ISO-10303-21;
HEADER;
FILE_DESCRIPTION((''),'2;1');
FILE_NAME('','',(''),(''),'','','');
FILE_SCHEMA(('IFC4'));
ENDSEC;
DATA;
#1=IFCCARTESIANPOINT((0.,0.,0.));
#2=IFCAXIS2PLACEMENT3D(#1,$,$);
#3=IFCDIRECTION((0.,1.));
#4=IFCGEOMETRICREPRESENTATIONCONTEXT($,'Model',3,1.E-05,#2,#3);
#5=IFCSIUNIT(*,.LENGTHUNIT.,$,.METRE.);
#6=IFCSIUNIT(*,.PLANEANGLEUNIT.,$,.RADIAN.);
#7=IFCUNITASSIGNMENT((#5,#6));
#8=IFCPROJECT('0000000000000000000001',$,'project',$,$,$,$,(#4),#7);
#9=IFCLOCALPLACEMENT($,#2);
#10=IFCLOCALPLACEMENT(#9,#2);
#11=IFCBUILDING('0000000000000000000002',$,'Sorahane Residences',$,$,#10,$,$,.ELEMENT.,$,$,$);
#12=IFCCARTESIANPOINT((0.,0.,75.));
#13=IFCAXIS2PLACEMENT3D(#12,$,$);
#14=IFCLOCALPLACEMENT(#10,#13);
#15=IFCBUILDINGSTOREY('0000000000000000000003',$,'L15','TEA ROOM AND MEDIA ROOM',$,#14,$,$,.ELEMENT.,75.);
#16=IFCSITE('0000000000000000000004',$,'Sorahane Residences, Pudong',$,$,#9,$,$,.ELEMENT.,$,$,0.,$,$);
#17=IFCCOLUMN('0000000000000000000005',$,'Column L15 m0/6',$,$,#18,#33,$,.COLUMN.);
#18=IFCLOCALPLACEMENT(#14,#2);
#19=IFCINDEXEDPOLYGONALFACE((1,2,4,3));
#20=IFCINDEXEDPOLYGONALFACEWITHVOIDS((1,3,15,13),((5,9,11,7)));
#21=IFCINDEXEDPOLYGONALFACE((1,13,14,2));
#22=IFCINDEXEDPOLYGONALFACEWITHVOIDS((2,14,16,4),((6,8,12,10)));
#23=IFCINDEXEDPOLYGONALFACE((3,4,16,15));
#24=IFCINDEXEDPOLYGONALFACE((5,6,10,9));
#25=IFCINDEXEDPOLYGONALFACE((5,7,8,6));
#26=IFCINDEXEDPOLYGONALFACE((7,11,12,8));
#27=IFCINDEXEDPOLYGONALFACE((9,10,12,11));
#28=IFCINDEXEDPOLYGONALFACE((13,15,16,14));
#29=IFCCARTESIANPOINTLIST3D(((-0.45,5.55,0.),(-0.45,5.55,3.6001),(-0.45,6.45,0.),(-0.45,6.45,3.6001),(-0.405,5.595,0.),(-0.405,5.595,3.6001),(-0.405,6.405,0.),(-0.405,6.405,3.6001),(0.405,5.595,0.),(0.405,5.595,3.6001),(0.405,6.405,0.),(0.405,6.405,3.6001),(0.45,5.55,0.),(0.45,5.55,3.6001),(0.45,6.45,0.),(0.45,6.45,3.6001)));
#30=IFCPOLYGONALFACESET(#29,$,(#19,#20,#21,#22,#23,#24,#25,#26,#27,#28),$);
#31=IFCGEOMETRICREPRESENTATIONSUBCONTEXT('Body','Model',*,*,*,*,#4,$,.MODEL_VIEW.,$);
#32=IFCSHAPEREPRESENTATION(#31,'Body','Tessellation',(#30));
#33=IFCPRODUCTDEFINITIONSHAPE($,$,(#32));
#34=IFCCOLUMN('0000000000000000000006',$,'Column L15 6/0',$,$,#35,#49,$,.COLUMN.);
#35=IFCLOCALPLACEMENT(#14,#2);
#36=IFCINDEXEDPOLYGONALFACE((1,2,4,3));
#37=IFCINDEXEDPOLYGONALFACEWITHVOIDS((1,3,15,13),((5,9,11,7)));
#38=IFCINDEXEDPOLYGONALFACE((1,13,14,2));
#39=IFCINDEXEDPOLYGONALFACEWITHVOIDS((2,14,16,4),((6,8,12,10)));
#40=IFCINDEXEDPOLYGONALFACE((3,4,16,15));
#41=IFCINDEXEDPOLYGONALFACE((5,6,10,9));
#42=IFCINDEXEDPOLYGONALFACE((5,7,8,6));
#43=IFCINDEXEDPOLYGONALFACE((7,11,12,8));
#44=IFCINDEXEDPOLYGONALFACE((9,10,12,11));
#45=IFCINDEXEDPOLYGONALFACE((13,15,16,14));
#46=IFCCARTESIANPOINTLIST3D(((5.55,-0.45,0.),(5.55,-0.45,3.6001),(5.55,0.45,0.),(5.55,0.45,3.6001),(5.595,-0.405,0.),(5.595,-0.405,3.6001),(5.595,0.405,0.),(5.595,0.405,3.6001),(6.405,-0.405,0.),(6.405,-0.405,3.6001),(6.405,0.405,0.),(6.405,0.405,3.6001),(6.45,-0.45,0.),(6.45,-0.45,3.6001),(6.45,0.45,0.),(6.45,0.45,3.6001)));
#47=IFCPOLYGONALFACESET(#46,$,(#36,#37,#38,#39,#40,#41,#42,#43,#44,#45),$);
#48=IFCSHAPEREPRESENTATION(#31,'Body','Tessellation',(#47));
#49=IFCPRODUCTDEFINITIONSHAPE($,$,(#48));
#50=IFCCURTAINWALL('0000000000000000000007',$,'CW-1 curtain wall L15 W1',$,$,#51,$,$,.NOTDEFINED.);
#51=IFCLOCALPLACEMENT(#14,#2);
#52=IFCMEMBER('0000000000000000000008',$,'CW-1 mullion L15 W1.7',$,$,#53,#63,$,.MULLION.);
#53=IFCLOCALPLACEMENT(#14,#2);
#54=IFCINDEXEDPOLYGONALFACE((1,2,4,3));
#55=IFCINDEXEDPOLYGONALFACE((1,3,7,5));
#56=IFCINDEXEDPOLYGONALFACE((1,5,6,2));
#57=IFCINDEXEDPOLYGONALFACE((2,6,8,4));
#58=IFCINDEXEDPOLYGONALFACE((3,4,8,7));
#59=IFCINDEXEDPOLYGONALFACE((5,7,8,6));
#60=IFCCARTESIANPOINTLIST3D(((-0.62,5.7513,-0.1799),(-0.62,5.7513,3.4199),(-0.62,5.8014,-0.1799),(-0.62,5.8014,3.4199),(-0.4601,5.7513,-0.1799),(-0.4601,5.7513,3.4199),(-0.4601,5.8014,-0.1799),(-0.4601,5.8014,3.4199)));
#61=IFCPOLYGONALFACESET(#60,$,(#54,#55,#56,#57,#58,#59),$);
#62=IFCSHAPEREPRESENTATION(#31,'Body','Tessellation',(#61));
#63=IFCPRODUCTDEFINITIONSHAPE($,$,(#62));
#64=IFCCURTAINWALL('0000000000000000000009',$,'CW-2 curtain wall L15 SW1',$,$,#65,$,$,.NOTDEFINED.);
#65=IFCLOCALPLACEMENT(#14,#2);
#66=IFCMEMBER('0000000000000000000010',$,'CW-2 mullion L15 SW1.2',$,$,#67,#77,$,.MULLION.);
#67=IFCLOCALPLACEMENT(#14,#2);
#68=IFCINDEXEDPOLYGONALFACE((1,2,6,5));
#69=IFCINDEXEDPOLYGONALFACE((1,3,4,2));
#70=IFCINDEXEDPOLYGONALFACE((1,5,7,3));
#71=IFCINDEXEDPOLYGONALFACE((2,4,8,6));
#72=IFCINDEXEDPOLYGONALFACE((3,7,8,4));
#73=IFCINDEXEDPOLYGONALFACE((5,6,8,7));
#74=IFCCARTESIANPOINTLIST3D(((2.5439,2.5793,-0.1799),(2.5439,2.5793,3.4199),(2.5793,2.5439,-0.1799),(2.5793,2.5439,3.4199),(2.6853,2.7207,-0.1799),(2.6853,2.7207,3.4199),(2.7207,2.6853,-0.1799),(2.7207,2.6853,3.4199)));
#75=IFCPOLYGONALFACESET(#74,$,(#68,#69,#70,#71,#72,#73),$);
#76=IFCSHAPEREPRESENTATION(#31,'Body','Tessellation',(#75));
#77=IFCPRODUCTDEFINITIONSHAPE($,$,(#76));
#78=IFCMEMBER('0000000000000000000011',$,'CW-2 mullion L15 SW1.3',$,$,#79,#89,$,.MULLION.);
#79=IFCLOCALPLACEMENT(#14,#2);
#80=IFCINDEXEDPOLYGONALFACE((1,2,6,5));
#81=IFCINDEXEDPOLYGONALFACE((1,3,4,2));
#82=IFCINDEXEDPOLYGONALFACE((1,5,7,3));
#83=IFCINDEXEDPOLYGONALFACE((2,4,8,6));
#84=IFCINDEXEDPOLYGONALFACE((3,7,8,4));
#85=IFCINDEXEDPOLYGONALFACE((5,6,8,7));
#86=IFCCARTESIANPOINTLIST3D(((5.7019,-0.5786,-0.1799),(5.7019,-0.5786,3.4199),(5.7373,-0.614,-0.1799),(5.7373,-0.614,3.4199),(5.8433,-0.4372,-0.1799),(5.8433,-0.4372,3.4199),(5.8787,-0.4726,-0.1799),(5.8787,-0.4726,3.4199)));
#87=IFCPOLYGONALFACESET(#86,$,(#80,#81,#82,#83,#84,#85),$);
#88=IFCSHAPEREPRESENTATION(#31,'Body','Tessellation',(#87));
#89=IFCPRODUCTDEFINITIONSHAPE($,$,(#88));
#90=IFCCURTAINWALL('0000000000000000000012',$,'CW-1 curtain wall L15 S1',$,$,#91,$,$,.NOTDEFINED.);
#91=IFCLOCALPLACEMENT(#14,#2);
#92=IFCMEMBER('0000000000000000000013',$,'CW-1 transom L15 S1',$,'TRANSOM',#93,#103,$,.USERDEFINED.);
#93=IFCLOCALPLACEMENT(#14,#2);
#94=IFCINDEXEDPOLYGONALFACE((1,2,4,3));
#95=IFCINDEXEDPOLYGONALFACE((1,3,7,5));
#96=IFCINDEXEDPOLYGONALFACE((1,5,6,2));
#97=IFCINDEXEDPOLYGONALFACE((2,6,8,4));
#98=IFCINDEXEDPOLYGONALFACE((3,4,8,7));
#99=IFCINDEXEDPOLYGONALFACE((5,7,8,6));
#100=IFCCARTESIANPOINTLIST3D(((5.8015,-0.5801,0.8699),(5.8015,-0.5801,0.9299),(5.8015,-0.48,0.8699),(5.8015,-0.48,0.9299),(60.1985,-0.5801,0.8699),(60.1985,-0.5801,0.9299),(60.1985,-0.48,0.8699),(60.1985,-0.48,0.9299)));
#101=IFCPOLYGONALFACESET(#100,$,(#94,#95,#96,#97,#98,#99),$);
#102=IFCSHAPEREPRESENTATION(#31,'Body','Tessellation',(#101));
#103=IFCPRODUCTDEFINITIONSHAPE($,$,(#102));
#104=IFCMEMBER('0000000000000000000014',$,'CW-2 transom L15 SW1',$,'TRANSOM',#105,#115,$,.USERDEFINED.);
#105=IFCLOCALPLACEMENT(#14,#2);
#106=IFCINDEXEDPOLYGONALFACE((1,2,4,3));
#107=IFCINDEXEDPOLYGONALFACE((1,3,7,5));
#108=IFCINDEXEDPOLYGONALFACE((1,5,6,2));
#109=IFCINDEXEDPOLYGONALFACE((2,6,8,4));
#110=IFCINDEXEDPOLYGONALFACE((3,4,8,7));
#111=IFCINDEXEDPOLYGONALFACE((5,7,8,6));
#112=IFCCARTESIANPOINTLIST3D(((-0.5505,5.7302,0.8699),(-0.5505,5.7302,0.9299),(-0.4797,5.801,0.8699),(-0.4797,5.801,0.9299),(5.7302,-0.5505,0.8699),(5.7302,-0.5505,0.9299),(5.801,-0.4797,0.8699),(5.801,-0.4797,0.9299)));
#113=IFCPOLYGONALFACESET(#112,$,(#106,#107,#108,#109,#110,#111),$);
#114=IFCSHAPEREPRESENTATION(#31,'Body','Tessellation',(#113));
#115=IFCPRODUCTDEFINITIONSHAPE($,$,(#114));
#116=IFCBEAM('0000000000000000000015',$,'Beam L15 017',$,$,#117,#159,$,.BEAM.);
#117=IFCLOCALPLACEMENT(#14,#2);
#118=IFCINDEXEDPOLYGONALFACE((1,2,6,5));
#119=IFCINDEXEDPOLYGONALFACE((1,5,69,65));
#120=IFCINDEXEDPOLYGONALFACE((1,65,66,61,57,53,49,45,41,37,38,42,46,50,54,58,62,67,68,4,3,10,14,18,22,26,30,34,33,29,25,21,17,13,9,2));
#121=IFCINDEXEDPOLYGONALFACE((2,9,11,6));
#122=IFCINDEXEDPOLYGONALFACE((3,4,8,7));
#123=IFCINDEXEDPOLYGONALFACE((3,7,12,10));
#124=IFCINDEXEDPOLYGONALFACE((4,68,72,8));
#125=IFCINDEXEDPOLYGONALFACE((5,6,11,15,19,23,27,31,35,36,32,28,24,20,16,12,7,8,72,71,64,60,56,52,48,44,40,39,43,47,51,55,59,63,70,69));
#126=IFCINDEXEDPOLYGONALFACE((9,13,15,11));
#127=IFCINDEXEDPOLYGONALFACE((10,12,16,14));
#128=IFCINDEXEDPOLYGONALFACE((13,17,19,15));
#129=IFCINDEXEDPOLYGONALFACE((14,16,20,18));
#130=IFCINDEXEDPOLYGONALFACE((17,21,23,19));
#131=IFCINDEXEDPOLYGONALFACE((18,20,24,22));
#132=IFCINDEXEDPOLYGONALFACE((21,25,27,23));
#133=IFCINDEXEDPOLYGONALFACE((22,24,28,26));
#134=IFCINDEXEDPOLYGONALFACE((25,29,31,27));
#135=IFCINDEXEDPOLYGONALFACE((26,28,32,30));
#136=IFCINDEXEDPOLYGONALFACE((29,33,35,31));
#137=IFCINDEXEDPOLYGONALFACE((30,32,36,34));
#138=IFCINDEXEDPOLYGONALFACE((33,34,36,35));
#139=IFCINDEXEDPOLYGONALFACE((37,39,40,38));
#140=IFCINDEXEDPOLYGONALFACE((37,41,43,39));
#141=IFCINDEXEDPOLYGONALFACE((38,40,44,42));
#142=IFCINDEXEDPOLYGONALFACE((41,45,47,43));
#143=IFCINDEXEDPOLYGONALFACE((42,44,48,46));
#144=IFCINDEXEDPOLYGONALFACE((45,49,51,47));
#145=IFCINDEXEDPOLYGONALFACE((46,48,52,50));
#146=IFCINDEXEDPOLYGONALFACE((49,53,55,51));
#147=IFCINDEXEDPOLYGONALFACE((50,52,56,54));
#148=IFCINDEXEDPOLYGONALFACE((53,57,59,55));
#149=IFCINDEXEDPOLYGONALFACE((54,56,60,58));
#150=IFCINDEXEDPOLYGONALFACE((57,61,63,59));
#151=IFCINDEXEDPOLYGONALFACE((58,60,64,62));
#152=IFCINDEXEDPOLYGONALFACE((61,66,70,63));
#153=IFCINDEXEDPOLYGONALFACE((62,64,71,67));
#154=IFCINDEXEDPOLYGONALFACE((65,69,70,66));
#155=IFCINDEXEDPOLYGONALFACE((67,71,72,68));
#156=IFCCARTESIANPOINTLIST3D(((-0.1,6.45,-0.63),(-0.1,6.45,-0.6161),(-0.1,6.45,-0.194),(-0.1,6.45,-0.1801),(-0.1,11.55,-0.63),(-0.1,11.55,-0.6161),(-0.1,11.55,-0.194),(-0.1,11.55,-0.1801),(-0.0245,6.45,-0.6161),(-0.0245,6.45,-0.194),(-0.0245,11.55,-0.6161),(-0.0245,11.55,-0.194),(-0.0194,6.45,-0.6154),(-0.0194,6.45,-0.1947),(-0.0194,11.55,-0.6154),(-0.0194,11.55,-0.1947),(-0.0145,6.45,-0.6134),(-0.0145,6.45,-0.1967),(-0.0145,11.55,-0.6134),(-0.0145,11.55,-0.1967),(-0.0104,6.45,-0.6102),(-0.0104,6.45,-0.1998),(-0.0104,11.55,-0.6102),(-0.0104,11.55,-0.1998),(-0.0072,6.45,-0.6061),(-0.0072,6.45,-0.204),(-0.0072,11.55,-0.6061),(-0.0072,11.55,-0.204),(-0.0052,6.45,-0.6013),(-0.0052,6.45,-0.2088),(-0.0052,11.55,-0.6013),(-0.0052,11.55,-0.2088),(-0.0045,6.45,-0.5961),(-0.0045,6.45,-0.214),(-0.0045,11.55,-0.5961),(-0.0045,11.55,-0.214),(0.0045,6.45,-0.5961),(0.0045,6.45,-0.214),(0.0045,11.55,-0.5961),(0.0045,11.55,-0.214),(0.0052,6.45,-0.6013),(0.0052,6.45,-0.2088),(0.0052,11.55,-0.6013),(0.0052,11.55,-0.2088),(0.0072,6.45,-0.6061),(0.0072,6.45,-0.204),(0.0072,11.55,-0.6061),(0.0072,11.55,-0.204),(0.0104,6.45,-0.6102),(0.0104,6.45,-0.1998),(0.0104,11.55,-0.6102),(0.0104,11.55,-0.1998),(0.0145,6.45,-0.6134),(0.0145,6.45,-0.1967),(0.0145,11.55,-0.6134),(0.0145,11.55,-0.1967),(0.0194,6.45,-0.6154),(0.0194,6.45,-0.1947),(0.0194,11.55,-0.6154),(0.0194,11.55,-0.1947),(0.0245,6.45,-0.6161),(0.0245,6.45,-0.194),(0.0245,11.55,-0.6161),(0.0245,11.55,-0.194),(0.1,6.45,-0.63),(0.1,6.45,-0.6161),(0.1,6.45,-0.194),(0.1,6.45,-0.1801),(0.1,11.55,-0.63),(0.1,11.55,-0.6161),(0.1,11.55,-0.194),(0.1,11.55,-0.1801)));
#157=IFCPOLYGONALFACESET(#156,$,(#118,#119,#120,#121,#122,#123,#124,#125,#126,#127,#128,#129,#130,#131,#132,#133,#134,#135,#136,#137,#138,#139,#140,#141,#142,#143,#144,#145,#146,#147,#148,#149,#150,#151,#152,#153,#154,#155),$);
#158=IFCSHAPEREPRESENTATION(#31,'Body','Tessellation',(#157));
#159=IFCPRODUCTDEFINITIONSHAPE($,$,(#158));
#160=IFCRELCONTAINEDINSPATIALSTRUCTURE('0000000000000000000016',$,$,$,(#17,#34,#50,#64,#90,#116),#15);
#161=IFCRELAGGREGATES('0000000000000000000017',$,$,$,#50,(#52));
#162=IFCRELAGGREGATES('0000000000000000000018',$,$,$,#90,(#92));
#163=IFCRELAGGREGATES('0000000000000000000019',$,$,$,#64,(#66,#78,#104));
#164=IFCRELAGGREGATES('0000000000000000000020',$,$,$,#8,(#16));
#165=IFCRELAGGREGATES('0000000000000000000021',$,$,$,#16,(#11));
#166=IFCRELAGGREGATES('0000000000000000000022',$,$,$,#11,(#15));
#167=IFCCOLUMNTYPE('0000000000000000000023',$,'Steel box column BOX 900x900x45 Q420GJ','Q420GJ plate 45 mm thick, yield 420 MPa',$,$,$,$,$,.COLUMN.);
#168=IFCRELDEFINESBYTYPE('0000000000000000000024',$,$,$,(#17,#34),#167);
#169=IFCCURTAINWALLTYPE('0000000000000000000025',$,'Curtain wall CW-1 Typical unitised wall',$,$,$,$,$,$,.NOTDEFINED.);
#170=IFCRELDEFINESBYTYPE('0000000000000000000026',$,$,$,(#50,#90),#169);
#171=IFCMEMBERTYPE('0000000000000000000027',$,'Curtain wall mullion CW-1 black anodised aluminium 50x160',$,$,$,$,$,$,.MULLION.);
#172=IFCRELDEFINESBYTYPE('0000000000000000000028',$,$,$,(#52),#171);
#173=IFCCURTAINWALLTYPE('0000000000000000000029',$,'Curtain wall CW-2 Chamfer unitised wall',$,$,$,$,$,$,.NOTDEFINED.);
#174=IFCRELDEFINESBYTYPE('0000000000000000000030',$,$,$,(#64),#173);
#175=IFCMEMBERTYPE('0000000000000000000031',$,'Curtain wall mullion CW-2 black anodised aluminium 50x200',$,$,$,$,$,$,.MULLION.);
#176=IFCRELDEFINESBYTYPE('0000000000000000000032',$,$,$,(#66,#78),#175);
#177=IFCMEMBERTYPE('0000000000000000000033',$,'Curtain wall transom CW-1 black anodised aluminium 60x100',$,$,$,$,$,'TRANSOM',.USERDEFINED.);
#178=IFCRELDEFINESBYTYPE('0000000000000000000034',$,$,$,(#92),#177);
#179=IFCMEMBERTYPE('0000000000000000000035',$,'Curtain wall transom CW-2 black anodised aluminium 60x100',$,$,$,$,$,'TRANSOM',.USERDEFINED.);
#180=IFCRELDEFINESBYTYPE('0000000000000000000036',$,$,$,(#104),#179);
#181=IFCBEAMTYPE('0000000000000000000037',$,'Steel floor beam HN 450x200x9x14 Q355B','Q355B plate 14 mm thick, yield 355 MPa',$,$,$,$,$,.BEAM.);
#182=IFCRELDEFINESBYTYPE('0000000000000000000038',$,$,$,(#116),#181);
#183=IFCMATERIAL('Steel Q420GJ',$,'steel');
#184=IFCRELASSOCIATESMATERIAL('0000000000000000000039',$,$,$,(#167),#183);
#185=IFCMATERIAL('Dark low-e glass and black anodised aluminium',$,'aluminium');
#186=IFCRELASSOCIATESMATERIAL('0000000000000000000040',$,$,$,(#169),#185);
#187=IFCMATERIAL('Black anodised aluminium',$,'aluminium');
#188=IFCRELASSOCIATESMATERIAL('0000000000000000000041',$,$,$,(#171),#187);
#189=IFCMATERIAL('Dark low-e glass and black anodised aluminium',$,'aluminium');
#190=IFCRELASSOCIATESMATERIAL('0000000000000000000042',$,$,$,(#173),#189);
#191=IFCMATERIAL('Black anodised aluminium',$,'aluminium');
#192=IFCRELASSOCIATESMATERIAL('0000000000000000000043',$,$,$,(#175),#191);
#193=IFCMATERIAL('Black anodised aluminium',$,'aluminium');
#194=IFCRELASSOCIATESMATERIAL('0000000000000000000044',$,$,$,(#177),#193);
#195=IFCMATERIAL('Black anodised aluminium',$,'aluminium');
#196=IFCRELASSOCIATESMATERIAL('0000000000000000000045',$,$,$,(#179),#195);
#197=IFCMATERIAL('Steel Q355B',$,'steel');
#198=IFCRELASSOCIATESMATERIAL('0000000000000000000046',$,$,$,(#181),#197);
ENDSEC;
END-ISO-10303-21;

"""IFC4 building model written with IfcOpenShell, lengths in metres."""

from ifc_helpers import new_model, si_unit, direction, frame, origin, origin_2d, place, context, subcontext, project, spatial, rectangle, hollow_rectangle, i_section, extrude, material, material_profile, profile_set, type_object, element, aggregate, save


model = new_model("IFC4")

# Units and contexts
model_context = context("Model", 3, precision=1e-05, world=origin(), true_north=direction((0.0, 1.0)))
body_context = subcontext(model_context, "Body", "Model", "MODEL_VIEW")
ifc_project = project(units=[si_unit("LENGTHUNIT", "METRE"), si_unit("PLANEANGLEUNIT", "RADIAN")], contexts=[model_context])

# Site, building, storey
site_placement = place(None, origin())
site = spatial("IfcSite", under=ifc_project, at=site_placement, Name="Sorahane Residences, Pudong", CompositionType="ELEMENT", RefElevation=0.0)
building_placement = place(site_placement, origin())
building = spatial("IfcBuilding", under=site, at=building_placement, Name="Sorahane Residences", CompositionType="ELEMENT")
storey_placement = place(building_placement, frame((0.0, 0.0, 75.0)))
storey = spatial("IfcBuildingStorey", under=building, at=storey_placement, Name="L15", Description="TEA ROOM AND MEDIA ROOM", CompositionType="ELEMENT", Elevation=75.0)

# Columns
ifc_material_1 = material(Name="Steel Q420GJ", Category="steel")
ifc_material_profile_1 = material_profile(ifc_material_1, hollow_rectangle(XDim=0.8999, YDim=0.8999, WallThickness=0.0449, at=origin_2d()), Name="BOX 900x900x45")
ifc_profile_set_1 = profile_set([ifc_material_profile_1], Name="Steel Q420GJ")
column_type = type_object("IfcColumnType", Name="Steel box column BOX 900x900x45 Q420GJ", Description="Q420GJ plate 45 mm thick, yield 420 MPa", PredefinedType="COLUMN", material=ifc_profile_set_1)
for number, where, z_axis, x_axis, name in (
    (1, (0.0, 6.0, 0.0), (0.0, 0.0, 1.0), (1.0, 0.0, 0.0), "Column L15 m0/6"),
    (2, (6.0, 0.0, 0.0), (0.0, 0.0, 1.0), (1.0, 0.0, 0.0), "Column L15 6/0"),
):
    element("IfcColumn", number, at=place(storey_placement, frame(where, z_axis=z_axis, x_axis=x_axis)), inside=storey, type_object=column_type, Name=name, PredefinedType="COLUMN", context=body_context, shape_type="SweptSolid", body=[
        extrude(hollow_rectangle(XDim=0.8999, YDim=0.8999, WallThickness=0.0449, at=origin_2d()), origin(), (0.0, 0.0, 1.0), 3.6001),
    ])

# Curtain wall, member
ifc_material_2 = material(Name="Dark low-e glass and black anodised aluminium", Category="aluminium")
curtain_wall_type_1 = type_object("IfcCurtainWallType", Name="Curtain wall CW-1 Typical unitised wall", PredefinedType="NOTDEFINED", material=ifc_material_2)
curtain_wall_1_placement = place(storey_placement, origin())
curtain_wall_1 = element("IfcCurtainWall", 3, at=curtain_wall_1_placement, inside=storey, type_object=curtain_wall_type_1, Name="CW-1 curtain wall L15 W1", PredefinedType="NOTDEFINED")
ifc_material_3 = material(Name="Black anodised aluminium", Category="aluminium")
ifc_material_profile_2 = material_profile(ifc_material_3, rectangle(XDim=0.1599, YDim=0.05, at=origin_2d()), Name="Curtain wall mullion CW-1 black anodised aluminium 50x160")
ifc_profile_set_2 = profile_set([ifc_material_profile_2], Name="Black anodised aluminium")
member_type_1 = type_object("IfcMemberType", Name="Curtain wall mullion CW-1 black anodised aluminium 50x160", PredefinedType="MULLION", material=ifc_profile_set_2)
member_1_placement = place(storey_placement, frame((-0.54, 5.7764, -0.1799), z_axis=(0.0, 0.0, 1.0), x_axis=(-1.0, 0.0, 0.0)))
member_1 = element("IfcMember", 4, at=member_1_placement, type_object=member_type_1, Name="CW-1 mullion L15 W1.7", PredefinedType="MULLION", context=body_context, shape_type="SweptSolid", body=[
    extrude(rectangle(XDim=0.1599, YDim=0.05, at=origin_2d()), origin(), (0.0, 0.0, 1.0), 3.5999),
])
aggregate(curtain_wall_1, [member_1])

# Curtain wall, members
ifc_material_4 = material(Name="Dark low-e glass and black anodised aluminium", Category="aluminium")
curtain_wall_type_2 = type_object("IfcCurtainWallType", Name="Curtain wall CW-2 Chamfer unitised wall", PredefinedType="NOTDEFINED", material=ifc_material_4)
curtain_wall_2_placement = place(storey_placement, origin())
curtain_wall_2 = element("IfcCurtainWall", 5, at=curtain_wall_2_placement, inside=storey, type_object=curtain_wall_type_2, Name="CW-2 curtain wall L15 SW1", PredefinedType="NOTDEFINED")
ifc_material_5 = material(Name="Black anodised aluminium", Category="aluminium")
ifc_material_profile_3 = material_profile(ifc_material_5, rectangle(XDim=0.2, YDim=0.05, at=origin_2d()), Name="Curtain wall mullion CW-2 black anodised aluminium 50x200")
ifc_profile_set_3 = profile_set([ifc_material_profile_3], Name="Black anodised aluminium")
member_type_2 = type_object("IfcMemberType", Name="Curtain wall mullion CW-2 black anodised aluminium 50x200", PredefinedType="MULLION", material=ifc_profile_set_3)
member_2_placement = place(storey_placement, frame((2.6323, 2.6323, -0.1799), z_axis=(0.0, 0.0, 1.0), x_axis=(-0.707107, -0.707107, 0.0)))
member_2 = element("IfcMember", 6, at=member_2_placement, type_object=member_type_2, Name="CW-2 mullion L15 SW1.2", PredefinedType="MULLION", context=body_context, shape_type="SweptSolid", body=[
    extrude(rectangle(XDim=0.2, YDim=0.05, at=origin_2d()), origin(), (0.0, 0.0, 1.0), 3.5999),
])
member_3_placement = place(storey_placement, frame((5.7903, -0.5256, -0.1799), z_axis=(0.0, 0.0, 1.0), x_axis=(-0.707107, -0.707107, 0.0)))
member_3 = element("IfcMember", 7, at=member_3_placement, type_object=member_type_2, Name="CW-2 mullion L15 SW1.3", PredefinedType="MULLION", context=body_context, shape_type="SweptSolid", body=[
    extrude(rectangle(XDim=0.2, YDim=0.05, at=origin_2d()), origin(), (0.0, 0.0, 1.0), 3.5999),
])

# Curtain wall, member
curtain_wall_3_placement = place(storey_placement, origin())
curtain_wall_3 = element("IfcCurtainWall", 8, at=curtain_wall_3_placement, inside=storey, type_object=curtain_wall_type_1, Name="CW-1 curtain wall L15 S1", PredefinedType="NOTDEFINED")
ifc_material_6 = material(Name="Black anodised aluminium", Category="aluminium")
ifc_material_profile_4 = material_profile(ifc_material_6, rectangle(XDim=0.1001, YDim=0.0601, at=origin_2d()), Name="Curtain wall transom CW-1 black anodised aluminium 60x100")
ifc_profile_set_4 = profile_set([ifc_material_profile_4], Name="Black anodised aluminium")
member_type_3 = type_object("IfcMemberType", Name="Curtain wall transom CW-1 black anodised aluminium 60x100", ElementType="TRANSOM", PredefinedType="USERDEFINED", material=ifc_profile_set_4)
member_4_placement = place(storey_placement, frame((5.8015, -0.53, 0.8999), z_axis=(1.0, 0.0, 0.0), x_axis=(0.0, 1.0, 0.0)))
member_4 = element("IfcMember", 9, at=member_4_placement, type_object=member_type_3, Name="CW-1 transom L15 S1", ObjectType="TRANSOM", PredefinedType="USERDEFINED", context=body_context, shape_type="SweptSolid", body=[
    extrude(rectangle(XDim=0.1001, YDim=0.0601, at=origin_2d()), origin(), (0.0, 0.0, 1.0), 54.397),
])
aggregate(curtain_wall_3, [member_4])

# Member
ifc_material_7 = material(Name="Black anodised aluminium", Category="aluminium")
ifc_material_profile_5 = material_profile(ifc_material_7, rectangle(XDim=0.1001, YDim=0.0601, at=origin_2d()), Name="Curtain wall transom CW-2 black anodised aluminium 60x100")
ifc_profile_set_5 = profile_set([ifc_material_profile_5], Name="Black anodised aluminium")
member_type_4 = type_object("IfcMemberType", Name="Curtain wall transom CW-2 black anodised aluminium 60x100", ElementType="TRANSOM", PredefinedType="USERDEFINED", material=ifc_profile_set_5)
member_5_placement = place(storey_placement, frame((-0.5151, 5.7656, 0.8999), z_axis=(0.707107, -0.707107, 0.0), x_axis=(0.707107, 0.707107, 0.0)))
member_5 = element("IfcMember", 10, at=member_5_placement, type_object=member_type_4, Name="CW-2 transom L15 SW1", ObjectType="TRANSOM", PredefinedType="USERDEFINED", context=body_context, shape_type="SweptSolid", body=[
    extrude(rectangle(XDim=0.1001, YDim=0.0601, at=origin_2d()), origin(), (0.0, 0.0, 1.0), 8.8823),
])

# Beam
ifc_material_8 = material(Name="Steel Q355B", Category="steel")
ifc_material_profile_6 = material_profile(ifc_material_8, i_section(OverallWidth=0.2, OverallDepth=0.45, WebThickness=0.009, FlangeThickness=0.0139, FilletRadius=0.02, at=origin_2d()), Name="HN 450x200x9x14")
ifc_profile_set_6 = profile_set([ifc_material_profile_6], Name="Steel Q355B")
beam_type_1 = type_object("IfcBeamType", Name="Steel floor beam HN 450x200x9x14 Q355B", Description="Q355B plate 14 mm thick, yield 355 MPa", PredefinedType="BEAM", material=ifc_profile_set_6)
beam_1_placement = place(storey_placement, frame((0.0, 6.45, -0.405), z_axis=(0.0, 1.0, 0.0), x_axis=(-1.0, 0.0, 0.0)))
element("IfcBeam", 11, at=beam_1_placement, inside=storey, type_object=beam_type_1, Name="Beam L15 017", PredefinedType="BEAM", context=body_context, shape_type="SweptSolid", body=[
    extrude(i_section(OverallWidth=0.2, OverallDepth=0.45, WebThickness=0.009, FlangeThickness=0.0139, FilletRadius=0.02, at=origin_2d()), origin(), (0.0, 0.0, 1.0), 5.1001),
])

aggregate(curtain_wall_2, [member_2, member_3, member_5])

save(model, "model.ifc")
